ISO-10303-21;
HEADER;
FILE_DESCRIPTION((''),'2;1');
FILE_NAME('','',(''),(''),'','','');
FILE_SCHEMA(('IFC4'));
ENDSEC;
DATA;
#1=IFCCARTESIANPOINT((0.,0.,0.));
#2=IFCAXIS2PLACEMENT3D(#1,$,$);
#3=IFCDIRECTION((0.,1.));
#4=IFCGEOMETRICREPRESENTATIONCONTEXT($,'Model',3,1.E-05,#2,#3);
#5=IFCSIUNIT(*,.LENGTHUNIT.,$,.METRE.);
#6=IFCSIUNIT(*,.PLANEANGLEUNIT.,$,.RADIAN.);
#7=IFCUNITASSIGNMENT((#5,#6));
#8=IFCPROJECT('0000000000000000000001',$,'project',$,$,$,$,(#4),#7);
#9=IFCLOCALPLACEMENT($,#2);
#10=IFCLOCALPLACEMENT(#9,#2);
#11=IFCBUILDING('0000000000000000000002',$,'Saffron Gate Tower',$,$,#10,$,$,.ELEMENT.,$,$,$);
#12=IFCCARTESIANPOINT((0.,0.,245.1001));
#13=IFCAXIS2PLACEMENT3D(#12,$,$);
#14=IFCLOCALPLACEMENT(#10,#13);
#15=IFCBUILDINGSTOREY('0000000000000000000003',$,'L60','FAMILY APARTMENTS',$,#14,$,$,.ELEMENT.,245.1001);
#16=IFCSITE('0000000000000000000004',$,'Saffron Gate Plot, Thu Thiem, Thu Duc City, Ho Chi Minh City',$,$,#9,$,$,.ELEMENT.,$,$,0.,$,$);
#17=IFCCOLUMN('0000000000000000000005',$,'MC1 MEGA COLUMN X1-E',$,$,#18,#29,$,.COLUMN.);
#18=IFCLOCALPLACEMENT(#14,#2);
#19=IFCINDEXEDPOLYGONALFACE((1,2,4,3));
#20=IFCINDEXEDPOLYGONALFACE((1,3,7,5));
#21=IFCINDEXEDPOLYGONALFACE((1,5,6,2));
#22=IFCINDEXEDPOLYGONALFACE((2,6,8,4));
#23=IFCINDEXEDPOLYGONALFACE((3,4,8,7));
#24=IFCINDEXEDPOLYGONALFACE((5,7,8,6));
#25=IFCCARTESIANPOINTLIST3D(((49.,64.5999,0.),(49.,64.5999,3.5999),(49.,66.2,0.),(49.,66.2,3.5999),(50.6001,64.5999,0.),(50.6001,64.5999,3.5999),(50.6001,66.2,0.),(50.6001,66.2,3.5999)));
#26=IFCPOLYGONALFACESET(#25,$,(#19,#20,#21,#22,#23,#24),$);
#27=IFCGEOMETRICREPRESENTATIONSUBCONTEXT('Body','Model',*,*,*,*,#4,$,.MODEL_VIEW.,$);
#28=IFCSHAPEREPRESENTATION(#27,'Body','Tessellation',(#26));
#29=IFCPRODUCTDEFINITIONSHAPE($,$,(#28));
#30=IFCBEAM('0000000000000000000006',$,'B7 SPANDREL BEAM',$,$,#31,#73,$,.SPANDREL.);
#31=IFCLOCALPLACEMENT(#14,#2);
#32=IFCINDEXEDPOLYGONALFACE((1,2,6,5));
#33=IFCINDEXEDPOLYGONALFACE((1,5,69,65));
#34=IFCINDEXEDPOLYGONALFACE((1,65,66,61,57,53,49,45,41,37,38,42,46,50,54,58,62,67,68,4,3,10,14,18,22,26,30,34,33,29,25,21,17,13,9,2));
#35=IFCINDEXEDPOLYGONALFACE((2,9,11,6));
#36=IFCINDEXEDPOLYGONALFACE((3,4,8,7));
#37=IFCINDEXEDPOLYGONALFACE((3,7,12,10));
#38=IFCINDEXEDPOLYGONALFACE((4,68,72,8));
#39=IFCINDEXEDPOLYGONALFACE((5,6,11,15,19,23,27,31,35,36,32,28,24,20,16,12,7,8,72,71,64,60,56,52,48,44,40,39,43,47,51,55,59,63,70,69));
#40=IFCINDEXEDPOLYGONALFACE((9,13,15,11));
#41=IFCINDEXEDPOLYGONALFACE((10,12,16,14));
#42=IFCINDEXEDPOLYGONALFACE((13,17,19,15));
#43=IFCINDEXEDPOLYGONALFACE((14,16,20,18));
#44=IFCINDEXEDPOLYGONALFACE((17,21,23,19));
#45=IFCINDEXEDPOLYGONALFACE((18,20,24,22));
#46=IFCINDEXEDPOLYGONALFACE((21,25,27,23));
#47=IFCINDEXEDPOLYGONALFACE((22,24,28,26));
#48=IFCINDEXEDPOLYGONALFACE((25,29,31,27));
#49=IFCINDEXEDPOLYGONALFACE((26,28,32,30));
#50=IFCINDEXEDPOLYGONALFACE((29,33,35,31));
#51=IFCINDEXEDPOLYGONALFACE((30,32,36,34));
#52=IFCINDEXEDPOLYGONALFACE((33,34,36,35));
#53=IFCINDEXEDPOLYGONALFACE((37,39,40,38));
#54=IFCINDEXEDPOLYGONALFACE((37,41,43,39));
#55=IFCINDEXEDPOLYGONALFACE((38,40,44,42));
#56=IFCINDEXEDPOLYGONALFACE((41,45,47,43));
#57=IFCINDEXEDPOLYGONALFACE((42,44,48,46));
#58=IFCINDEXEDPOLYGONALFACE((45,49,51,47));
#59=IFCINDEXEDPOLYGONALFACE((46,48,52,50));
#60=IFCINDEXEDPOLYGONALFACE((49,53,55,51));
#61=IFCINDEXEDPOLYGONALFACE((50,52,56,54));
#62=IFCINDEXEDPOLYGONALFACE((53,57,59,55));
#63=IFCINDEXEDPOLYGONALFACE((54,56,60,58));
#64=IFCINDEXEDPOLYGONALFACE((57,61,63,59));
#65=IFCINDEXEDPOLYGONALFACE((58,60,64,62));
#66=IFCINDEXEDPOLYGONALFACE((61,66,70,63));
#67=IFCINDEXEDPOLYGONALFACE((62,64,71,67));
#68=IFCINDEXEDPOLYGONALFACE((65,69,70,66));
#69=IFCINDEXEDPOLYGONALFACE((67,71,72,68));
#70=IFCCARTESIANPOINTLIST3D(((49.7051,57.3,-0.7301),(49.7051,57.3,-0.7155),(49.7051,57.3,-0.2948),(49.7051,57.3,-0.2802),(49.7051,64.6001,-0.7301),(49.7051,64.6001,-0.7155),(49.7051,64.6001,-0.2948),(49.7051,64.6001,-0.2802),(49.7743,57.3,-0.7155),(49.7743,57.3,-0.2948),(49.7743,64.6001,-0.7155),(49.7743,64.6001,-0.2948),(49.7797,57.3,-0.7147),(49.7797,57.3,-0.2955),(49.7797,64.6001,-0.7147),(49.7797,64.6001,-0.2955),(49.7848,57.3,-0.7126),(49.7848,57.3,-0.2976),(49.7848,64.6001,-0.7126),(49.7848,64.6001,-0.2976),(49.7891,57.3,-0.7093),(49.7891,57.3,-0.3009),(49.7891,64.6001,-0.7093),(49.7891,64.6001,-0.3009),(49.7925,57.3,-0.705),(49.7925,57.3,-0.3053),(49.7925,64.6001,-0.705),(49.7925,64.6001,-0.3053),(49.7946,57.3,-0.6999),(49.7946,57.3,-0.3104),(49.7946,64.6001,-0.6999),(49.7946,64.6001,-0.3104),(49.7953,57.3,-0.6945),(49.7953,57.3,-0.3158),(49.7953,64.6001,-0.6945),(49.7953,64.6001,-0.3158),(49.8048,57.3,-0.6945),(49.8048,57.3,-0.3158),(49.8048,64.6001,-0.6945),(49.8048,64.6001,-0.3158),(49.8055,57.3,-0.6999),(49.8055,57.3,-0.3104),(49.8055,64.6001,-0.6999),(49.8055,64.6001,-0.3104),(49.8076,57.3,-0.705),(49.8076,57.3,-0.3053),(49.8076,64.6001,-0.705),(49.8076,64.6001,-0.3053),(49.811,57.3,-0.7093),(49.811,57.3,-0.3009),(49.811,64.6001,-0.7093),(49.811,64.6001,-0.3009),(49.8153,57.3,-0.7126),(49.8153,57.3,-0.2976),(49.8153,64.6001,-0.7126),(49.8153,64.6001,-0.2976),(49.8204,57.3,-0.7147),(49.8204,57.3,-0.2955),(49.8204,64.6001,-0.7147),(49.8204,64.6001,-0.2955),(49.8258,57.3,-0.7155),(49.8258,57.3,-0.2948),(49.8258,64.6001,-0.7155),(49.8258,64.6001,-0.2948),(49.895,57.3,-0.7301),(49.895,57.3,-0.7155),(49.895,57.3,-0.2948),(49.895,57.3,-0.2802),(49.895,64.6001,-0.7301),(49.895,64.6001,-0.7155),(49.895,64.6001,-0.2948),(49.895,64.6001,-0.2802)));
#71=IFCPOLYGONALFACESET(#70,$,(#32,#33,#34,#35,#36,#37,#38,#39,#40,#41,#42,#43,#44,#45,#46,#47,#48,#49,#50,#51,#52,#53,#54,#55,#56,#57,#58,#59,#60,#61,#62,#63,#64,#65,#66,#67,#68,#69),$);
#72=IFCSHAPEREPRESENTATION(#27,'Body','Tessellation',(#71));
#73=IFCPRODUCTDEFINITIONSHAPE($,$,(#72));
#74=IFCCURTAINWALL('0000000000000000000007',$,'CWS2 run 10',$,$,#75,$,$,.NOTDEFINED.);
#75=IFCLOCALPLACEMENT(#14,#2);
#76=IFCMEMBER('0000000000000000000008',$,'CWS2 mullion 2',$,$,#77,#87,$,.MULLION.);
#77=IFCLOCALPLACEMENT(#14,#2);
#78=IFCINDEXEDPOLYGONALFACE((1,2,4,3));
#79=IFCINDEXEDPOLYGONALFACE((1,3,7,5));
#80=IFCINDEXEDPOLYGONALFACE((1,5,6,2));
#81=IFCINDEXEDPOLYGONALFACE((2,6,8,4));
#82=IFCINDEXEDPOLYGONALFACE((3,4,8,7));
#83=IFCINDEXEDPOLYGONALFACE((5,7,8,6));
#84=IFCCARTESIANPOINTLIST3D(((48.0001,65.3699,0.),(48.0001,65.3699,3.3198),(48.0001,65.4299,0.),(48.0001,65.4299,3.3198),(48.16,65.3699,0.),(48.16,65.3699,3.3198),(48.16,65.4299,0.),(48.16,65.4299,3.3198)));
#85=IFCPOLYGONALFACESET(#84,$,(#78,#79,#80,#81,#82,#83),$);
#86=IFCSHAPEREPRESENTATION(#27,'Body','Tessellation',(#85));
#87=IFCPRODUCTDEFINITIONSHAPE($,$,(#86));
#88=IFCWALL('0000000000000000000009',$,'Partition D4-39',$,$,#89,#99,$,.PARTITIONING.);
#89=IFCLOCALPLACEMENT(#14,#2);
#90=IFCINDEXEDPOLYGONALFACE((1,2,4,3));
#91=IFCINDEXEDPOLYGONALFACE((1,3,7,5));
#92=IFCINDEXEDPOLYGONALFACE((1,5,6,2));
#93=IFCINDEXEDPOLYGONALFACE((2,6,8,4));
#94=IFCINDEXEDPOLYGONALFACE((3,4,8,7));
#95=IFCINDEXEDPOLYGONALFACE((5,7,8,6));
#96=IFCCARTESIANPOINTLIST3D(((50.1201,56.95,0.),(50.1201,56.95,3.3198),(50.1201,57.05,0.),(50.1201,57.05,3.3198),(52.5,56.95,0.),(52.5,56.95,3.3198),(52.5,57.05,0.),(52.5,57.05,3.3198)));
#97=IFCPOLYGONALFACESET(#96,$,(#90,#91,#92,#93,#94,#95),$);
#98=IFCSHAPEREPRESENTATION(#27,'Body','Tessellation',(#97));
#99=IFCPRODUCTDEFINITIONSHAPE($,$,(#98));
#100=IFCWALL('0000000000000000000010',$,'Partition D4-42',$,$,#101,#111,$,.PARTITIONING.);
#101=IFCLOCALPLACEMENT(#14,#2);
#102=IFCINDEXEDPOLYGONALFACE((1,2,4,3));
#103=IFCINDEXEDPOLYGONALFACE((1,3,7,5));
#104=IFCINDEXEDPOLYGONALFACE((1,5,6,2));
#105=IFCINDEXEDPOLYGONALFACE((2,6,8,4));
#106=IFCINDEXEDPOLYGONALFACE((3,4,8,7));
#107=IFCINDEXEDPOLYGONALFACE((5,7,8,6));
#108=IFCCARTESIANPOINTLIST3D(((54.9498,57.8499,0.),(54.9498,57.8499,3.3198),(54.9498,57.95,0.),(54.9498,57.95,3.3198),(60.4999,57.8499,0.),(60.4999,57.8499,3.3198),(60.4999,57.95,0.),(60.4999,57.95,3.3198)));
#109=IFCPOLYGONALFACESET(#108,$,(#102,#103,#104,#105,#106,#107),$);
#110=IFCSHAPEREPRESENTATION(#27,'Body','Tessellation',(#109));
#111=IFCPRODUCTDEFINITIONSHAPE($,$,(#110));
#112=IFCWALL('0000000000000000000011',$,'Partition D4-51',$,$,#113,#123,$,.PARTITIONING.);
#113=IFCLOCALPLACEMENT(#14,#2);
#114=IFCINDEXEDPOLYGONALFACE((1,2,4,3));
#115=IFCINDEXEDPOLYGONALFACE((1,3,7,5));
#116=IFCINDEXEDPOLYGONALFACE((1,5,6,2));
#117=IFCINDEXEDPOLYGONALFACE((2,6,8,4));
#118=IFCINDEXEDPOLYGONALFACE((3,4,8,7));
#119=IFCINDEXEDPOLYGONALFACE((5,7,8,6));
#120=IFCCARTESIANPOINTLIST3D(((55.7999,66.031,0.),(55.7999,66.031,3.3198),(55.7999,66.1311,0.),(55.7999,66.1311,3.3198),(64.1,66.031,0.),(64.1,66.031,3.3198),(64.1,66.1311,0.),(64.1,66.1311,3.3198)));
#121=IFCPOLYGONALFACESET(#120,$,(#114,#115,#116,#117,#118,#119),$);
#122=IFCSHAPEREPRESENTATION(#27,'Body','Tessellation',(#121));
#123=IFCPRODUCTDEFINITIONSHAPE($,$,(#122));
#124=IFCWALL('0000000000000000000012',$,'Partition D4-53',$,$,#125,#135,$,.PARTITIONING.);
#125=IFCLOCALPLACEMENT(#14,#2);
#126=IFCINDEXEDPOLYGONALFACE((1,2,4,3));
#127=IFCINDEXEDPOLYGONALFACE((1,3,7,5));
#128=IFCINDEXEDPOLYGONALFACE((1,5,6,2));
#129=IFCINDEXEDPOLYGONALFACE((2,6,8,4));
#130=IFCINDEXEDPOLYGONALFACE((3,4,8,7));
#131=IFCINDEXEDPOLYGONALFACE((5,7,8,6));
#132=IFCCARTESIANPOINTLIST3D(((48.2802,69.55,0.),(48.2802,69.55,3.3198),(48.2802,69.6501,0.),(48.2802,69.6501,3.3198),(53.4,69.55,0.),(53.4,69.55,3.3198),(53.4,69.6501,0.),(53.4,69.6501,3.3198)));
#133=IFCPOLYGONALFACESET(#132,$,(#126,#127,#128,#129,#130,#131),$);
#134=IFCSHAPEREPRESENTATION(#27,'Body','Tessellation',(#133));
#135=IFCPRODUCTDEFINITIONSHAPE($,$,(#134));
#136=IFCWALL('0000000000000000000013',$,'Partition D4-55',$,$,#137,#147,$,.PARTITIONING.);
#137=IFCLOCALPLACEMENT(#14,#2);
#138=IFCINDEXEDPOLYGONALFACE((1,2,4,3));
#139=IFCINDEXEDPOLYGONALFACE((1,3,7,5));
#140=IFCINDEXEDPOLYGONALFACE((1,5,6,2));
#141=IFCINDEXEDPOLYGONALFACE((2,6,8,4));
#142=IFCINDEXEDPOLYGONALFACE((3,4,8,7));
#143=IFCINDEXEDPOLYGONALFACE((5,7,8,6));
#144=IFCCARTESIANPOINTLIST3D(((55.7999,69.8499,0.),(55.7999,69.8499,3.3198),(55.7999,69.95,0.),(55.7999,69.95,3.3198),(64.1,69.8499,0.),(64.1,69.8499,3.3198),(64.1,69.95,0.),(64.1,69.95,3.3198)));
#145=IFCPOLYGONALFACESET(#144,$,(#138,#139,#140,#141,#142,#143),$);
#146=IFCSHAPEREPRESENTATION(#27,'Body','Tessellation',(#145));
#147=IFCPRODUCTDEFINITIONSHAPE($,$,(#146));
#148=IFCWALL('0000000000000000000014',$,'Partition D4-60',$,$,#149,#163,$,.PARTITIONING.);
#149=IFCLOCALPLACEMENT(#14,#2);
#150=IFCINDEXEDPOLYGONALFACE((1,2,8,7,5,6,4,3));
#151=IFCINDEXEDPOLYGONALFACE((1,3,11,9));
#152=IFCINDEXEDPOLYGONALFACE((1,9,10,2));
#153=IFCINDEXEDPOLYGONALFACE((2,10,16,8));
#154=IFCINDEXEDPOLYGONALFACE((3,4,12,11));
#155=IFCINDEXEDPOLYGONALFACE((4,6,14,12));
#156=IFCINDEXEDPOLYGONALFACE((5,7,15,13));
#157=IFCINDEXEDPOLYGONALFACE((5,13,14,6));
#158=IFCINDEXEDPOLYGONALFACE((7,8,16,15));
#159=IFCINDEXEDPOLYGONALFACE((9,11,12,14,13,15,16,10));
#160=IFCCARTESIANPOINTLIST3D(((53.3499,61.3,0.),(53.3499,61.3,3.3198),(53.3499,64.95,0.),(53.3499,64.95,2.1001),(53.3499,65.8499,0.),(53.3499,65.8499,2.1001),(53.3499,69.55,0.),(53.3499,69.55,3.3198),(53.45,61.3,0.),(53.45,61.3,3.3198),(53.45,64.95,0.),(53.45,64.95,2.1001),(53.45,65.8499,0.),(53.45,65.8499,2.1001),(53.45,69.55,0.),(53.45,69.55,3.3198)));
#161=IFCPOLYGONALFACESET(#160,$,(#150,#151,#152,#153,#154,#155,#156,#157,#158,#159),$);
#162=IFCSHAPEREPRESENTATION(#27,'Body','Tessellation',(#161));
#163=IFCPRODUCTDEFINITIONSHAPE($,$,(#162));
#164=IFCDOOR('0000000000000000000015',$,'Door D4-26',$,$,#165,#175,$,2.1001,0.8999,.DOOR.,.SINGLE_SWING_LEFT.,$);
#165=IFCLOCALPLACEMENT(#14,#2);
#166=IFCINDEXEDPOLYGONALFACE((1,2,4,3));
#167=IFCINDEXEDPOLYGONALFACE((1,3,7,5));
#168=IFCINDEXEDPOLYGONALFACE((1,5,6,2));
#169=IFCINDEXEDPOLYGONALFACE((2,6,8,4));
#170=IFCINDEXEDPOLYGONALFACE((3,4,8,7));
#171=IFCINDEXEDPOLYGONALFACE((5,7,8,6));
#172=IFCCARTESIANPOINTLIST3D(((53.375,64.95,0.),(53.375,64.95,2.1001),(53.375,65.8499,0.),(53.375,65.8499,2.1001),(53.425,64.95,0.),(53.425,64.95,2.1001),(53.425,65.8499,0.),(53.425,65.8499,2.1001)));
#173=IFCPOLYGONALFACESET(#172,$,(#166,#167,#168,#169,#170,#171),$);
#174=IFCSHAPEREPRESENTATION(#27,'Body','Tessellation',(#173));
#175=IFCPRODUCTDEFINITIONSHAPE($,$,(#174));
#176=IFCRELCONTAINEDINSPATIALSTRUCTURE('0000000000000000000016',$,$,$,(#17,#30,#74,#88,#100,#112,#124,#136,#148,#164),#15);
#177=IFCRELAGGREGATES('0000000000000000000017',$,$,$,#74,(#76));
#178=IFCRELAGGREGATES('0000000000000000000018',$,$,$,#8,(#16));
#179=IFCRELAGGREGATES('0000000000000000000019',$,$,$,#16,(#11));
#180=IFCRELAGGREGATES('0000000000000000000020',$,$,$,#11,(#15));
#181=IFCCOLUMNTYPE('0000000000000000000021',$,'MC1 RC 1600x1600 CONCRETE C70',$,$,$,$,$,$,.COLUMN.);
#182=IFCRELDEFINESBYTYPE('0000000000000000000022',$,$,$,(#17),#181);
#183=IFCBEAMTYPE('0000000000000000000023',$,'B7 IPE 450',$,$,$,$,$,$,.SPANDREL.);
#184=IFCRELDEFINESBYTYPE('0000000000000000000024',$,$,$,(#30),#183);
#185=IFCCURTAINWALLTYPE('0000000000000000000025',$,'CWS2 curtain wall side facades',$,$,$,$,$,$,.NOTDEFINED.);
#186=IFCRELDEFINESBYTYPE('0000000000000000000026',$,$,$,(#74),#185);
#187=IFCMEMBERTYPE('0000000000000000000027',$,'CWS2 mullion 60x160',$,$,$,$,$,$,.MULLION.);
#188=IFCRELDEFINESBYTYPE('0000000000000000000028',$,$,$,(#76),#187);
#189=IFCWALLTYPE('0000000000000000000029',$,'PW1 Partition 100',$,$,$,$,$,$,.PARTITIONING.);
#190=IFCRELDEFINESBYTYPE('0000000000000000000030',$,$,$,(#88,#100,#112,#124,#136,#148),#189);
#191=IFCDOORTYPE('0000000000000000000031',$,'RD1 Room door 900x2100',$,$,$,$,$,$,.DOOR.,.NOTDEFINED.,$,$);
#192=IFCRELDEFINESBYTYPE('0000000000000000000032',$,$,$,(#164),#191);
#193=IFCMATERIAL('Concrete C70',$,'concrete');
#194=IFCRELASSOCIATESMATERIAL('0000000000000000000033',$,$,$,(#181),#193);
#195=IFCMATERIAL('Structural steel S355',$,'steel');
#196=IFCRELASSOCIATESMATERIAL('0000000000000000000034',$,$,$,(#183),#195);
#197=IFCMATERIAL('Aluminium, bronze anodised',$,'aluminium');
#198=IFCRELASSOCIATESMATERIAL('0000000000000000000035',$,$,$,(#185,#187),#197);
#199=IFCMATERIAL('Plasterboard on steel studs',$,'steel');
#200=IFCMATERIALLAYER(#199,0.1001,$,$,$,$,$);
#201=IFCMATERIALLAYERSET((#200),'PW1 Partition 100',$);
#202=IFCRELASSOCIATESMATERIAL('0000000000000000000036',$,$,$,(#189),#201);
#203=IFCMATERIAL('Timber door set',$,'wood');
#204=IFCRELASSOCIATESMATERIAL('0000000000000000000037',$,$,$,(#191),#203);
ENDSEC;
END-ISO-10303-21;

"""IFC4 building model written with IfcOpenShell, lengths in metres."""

from ifc_helpers import new_model, si_unit, direction, frame, frame_2d, origin, origin_2d, place, context, subcontext, project, spatial, rectangle, i_section, extrude, material, layer, layer_set, material_profile, profile_set, type_object, element, fill, aggregate, save


model = new_model("IFC4")

# Units and contexts
model_context = context("Model", 3, precision=1e-05, world=origin(), true_north=direction((0.0, 1.0)))
body_context = subcontext(model_context, "Body", "Model", "MODEL_VIEW")
ifc_project = project(units=[si_unit("LENGTHUNIT", "METRE"), si_unit("PLANEANGLEUNIT", "RADIAN")], contexts=[model_context])

# Site, building, storey
site_placement = place(None, origin())
site = spatial("IfcSite", under=ifc_project, at=site_placement, Name="Saffron Gate Plot, Thu Thiem, Thu Duc City, Ho Chi Minh City", CompositionType="ELEMENT", RefElevation=0.0)
building_placement = place(site_placement, origin())
building = spatial("IfcBuilding", under=site, at=building_placement, Name="Saffron Gate Tower", CompositionType="ELEMENT")
storey_placement = place(building_placement, frame((0.0, 0.0, 245.1001)))
storey = spatial("IfcBuildingStorey", under=building, at=storey_placement, Name="L60", Description="FAMILY APARTMENTS", CompositionType="ELEMENT", Elevation=245.1001)

# Column
ifc_material_1 = material(Name="Concrete C70", Category="concrete")
ifc_material_profile_1 = material_profile(ifc_material_1, rectangle(XDim=1.6001, YDim=1.6001, at=origin_2d()))
ifc_profile_set_1 = profile_set([ifc_material_profile_1], Name="Concrete C70")
column_type = type_object("IfcColumnType", Name="MC1 RC 1600x1600 CONCRETE C70", PredefinedType="COLUMN", material=ifc_profile_set_1)
column_placement = place(storey_placement, frame((49.8, 65.3999, 0.0), z_axis=(0.0, 0.0, 1.0), x_axis=(1.0, 0.0, 0.0)))
element("IfcColumn", 1, at=column_placement, inside=storey, type_object=column_type, Name="MC1 MEGA COLUMN X1-E", PredefinedType="COLUMN", context=body_context, shape_type="SweptSolid", body=[
    extrude(rectangle(XDim=1.6001, YDim=1.6001, at=origin_2d()), origin(), (0.0, 0.0, 1.0), 3.5999),
])

# Beam
ifc_material_2 = material(Name="Structural steel S355", Category="steel")
ifc_material_profile_2 = material_profile(ifc_material_2, i_section(OverallWidth=0.1899, OverallDepth=0.45, WebThickness=0.0095, FlangeThickness=0.0146, FilletRadius=0.021, at=origin_2d()))
ifc_profile_set_2 = profile_set([ifc_material_profile_2], Name="Structural steel S355")
beam_type = type_object("IfcBeamType", Name="B7 IPE 450", PredefinedType="SPANDREL", material=ifc_profile_set_2)
beam_placement = place(storey_placement, frame((49.8, 57.3, -0.5051), z_axis=(0.0, 1.0, 0.0), x_axis=(-1.0, 0.0, 0.0)))
element("IfcBeam", 2, at=beam_placement, inside=storey, type_object=beam_type, Name="B7 SPANDREL BEAM", PredefinedType="SPANDREL", context=body_context, shape_type="SweptSolid", body=[
    extrude(i_section(OverallWidth=0.1899, OverallDepth=0.45, WebThickness=0.0095, FlangeThickness=0.0146, FilletRadius=0.021, at=origin_2d()), origin(), (0.0, 0.0, 1.0), 7.3),
])

# Curtain wall, member
ifc_material_3 = material(Name="Aluminium, bronze anodised", Category="aluminium")
curtain_wall_type = type_object("IfcCurtainWallType", Name="CWS2 curtain wall side facades", PredefinedType="NOTDEFINED", material=ifc_material_3)
curtain_wall_placement = place(storey_placement, origin())
curtain_wall = element("IfcCurtainWall", 3, at=curtain_wall_placement, inside=storey, type_object=curtain_wall_type, Name="CWS2 run 10", PredefinedType="NOTDEFINED")
ifc_material_profile_3 = material_profile(ifc_material_3, rectangle(XDim=0.1599, YDim=0.0601, at=origin_2d()))
ifc_profile_set_3 = profile_set([ifc_material_profile_3], Name="Aluminium, bronze anodised")
member_type = type_object("IfcMemberType", Name="CWS2 mullion 60x160", PredefinedType="MULLION", material=ifc_profile_set_3)
member_placement = place(storey_placement, frame((48.0801, 65.3999, 0.0), z_axis=(0.0, 0.0, 1.0), x_axis=(1.0, 0.0, 0.0)))
member = element("IfcMember", 4, at=member_placement, type_object=member_type, Name="CWS2 mullion 2", PredefinedType="MULLION", context=body_context, shape_type="SweptSolid", body=[
    extrude(rectangle(XDim=0.1599, YDim=0.0601, at=origin_2d()), origin(), (0.0, 0.0, 1.0), 3.3198),
])
aggregate(curtain_wall, [member])

# Walls
ifc_material_4 = material(Name="Plasterboard on steel studs", Category="steel")
ifc_layer_1 = layer(ifc_material_4, 0.1001)
ifc_layer_set_1 = layer_set([ifc_layer_1], Name="PW1 Partition 100")
wall_type_1 = type_object("IfcWallType", Name="PW1 Partition 100", PredefinedType="PARTITIONING", material=ifc_layer_set_1)
wall_1_placement = place(storey_placement, frame((50.1201, 57.0, 0.0), z_axis=(0.0, 0.0, 1.0), x_axis=(1.0, 0.0, 0.0)))
element("IfcWall", 5, at=wall_1_placement, inside=storey, type_object=wall_type_1, Name="Partition D4-39", PredefinedType="PARTITIONING", context=body_context, shape_type="SweptSolid", body=[
    extrude(rectangle(XDim=2.3799, YDim=0.1001, at=frame_2d((1.1899, 0.0))), origin(), (0.0, 0.0, 1.0), 3.3198),
])
wall_2_placement = place(storey_placement, frame((54.95, 57.8999, 0.0), z_axis=(0.0, 0.0, 1.0), x_axis=(1.0, 0.0, 0.0)))
element("IfcWall", 6, at=wall_2_placement, inside=storey, type_object=wall_type_1, Name="Partition D4-42", PredefinedType="PARTITIONING", context=body_context, shape_type="SweptSolid", body=[
    extrude(rectangle(XDim=5.55, YDim=0.1001, at=frame_2d((2.7749, 0.0))), origin(), (0.0, 0.0, 1.0), 3.3198),
])
wall_3_placement = place(storey_placement, frame((55.8, 66.0811, 0.0), z_axis=(0.0, 0.0, 1.0), x_axis=(1.0, 0.0, 0.0)))
element("IfcWall", 7, at=wall_3_placement, inside=storey, type_object=wall_type_1, Name="Partition D4-51", PredefinedType="PARTITIONING", context=body_context, shape_type="SweptSolid", body=[
    extrude(rectangle(XDim=8.3, YDim=0.1001, at=frame_2d((4.1499, 0.0))), origin(), (0.0, 0.0, 1.0), 3.3198),
])
wall_4_placement = place(storey_placement, frame((48.28, 69.6001, 0.0), z_axis=(0.0, 0.0, 1.0), x_axis=(1.0, 0.0, 0.0)))
element("IfcWall", 8, at=wall_4_placement, inside=storey, type_object=wall_type_1, Name="Partition D4-53", PredefinedType="PARTITIONING", context=body_context, shape_type="SweptSolid", body=[
    extrude(rectangle(XDim=5.1199, YDim=0.1001, at=frame_2d((2.5601, 0.0))), origin(), (0.0, 0.0, 1.0), 3.3198),
])
wall_5_placement = place(storey_placement, frame((55.8, 69.8999, 0.0), z_axis=(0.0, 0.0, 1.0), x_axis=(1.0, 0.0, 0.0)))
element("IfcWall", 9, at=wall_5_placement, inside=storey, type_object=wall_type_1, Name="Partition D4-55", PredefinedType="PARTITIONING", context=body_context, shape_type="SweptSolid", body=[
    extrude(rectangle(XDim=8.3, YDim=0.1001, at=frame_2d((4.1499, 0.0))), origin(), (0.0, 0.0, 1.0), 3.3198),
])

# Wall, opening, door
wall_6_placement = place(storey_placement, frame((53.3999, 61.3, 0.0), z_axis=(0.0, 0.0, 1.0), x_axis=(0.0, 1.0, 0.0)))
wall_6 = element("IfcWall", 10, at=wall_6_placement, inside=storey, type_object=wall_type_1, Name="Partition D4-60", PredefinedType="PARTITIONING", context=body_context, shape_type="SweptSolid", body=[
    extrude(rectangle(XDim=8.25, YDim=0.1001, at=frame_2d((4.125, 0.0))), origin(), (0.0, 0.0, 1.0), 3.3198),
])
opening_1_placement = place(wall_6_placement, frame((3.6499, 0.0, 0.0)))
opening_1 = element("IfcOpeningElement", 11, at=opening_1_placement, cuts=wall_6, PredefinedType="OPENING", context=body_context, shape_type="SweptSolid", body=[
    extrude(rectangle(XDim=0.8999, YDim=2.1001, at=frame_2d((0.45, 1.05))), frame((0.0, 0.0601, 0.0), z_axis=(0.0, -1.0, 0.0), x_axis=(1.0, 0.0, 0.0)), (0.0, 0.0, 1.0), 0.1201),
])
ifc_material_5 = material(Name="Timber door set", Category="wood")
door_type_1 = type_object("IfcDoorType", Name="RD1 Room door 900x2100", OperationType="NOTDEFINED", PredefinedType="DOOR", material=ifc_material_5)
door_1_placement = place(opening_1_placement, origin())
door_1 = element("IfcDoor", 12, at=door_1_placement, inside=storey, type_object=door_type_1, Name="Door D4-26", OperationType="SINGLE_SWING_LEFT", OverallHeight=2.1001, OverallWidth=0.8999, PredefinedType="DOOR", context=body_context, shape_type="SweptSolid", body=[
    extrude(rectangle(XDim=0.8999, YDim=2.1001, at=frame_2d((0.45, 1.05))), frame((0.0, 0.0249, 0.0), z_axis=(0.0, -1.0, 0.0), x_axis=(1.0, 0.0, 0.0)), (0.0, 0.0, 1.0), 0.05),
])
fill(opening_1, door_1)

save(model, "model.ifc")
